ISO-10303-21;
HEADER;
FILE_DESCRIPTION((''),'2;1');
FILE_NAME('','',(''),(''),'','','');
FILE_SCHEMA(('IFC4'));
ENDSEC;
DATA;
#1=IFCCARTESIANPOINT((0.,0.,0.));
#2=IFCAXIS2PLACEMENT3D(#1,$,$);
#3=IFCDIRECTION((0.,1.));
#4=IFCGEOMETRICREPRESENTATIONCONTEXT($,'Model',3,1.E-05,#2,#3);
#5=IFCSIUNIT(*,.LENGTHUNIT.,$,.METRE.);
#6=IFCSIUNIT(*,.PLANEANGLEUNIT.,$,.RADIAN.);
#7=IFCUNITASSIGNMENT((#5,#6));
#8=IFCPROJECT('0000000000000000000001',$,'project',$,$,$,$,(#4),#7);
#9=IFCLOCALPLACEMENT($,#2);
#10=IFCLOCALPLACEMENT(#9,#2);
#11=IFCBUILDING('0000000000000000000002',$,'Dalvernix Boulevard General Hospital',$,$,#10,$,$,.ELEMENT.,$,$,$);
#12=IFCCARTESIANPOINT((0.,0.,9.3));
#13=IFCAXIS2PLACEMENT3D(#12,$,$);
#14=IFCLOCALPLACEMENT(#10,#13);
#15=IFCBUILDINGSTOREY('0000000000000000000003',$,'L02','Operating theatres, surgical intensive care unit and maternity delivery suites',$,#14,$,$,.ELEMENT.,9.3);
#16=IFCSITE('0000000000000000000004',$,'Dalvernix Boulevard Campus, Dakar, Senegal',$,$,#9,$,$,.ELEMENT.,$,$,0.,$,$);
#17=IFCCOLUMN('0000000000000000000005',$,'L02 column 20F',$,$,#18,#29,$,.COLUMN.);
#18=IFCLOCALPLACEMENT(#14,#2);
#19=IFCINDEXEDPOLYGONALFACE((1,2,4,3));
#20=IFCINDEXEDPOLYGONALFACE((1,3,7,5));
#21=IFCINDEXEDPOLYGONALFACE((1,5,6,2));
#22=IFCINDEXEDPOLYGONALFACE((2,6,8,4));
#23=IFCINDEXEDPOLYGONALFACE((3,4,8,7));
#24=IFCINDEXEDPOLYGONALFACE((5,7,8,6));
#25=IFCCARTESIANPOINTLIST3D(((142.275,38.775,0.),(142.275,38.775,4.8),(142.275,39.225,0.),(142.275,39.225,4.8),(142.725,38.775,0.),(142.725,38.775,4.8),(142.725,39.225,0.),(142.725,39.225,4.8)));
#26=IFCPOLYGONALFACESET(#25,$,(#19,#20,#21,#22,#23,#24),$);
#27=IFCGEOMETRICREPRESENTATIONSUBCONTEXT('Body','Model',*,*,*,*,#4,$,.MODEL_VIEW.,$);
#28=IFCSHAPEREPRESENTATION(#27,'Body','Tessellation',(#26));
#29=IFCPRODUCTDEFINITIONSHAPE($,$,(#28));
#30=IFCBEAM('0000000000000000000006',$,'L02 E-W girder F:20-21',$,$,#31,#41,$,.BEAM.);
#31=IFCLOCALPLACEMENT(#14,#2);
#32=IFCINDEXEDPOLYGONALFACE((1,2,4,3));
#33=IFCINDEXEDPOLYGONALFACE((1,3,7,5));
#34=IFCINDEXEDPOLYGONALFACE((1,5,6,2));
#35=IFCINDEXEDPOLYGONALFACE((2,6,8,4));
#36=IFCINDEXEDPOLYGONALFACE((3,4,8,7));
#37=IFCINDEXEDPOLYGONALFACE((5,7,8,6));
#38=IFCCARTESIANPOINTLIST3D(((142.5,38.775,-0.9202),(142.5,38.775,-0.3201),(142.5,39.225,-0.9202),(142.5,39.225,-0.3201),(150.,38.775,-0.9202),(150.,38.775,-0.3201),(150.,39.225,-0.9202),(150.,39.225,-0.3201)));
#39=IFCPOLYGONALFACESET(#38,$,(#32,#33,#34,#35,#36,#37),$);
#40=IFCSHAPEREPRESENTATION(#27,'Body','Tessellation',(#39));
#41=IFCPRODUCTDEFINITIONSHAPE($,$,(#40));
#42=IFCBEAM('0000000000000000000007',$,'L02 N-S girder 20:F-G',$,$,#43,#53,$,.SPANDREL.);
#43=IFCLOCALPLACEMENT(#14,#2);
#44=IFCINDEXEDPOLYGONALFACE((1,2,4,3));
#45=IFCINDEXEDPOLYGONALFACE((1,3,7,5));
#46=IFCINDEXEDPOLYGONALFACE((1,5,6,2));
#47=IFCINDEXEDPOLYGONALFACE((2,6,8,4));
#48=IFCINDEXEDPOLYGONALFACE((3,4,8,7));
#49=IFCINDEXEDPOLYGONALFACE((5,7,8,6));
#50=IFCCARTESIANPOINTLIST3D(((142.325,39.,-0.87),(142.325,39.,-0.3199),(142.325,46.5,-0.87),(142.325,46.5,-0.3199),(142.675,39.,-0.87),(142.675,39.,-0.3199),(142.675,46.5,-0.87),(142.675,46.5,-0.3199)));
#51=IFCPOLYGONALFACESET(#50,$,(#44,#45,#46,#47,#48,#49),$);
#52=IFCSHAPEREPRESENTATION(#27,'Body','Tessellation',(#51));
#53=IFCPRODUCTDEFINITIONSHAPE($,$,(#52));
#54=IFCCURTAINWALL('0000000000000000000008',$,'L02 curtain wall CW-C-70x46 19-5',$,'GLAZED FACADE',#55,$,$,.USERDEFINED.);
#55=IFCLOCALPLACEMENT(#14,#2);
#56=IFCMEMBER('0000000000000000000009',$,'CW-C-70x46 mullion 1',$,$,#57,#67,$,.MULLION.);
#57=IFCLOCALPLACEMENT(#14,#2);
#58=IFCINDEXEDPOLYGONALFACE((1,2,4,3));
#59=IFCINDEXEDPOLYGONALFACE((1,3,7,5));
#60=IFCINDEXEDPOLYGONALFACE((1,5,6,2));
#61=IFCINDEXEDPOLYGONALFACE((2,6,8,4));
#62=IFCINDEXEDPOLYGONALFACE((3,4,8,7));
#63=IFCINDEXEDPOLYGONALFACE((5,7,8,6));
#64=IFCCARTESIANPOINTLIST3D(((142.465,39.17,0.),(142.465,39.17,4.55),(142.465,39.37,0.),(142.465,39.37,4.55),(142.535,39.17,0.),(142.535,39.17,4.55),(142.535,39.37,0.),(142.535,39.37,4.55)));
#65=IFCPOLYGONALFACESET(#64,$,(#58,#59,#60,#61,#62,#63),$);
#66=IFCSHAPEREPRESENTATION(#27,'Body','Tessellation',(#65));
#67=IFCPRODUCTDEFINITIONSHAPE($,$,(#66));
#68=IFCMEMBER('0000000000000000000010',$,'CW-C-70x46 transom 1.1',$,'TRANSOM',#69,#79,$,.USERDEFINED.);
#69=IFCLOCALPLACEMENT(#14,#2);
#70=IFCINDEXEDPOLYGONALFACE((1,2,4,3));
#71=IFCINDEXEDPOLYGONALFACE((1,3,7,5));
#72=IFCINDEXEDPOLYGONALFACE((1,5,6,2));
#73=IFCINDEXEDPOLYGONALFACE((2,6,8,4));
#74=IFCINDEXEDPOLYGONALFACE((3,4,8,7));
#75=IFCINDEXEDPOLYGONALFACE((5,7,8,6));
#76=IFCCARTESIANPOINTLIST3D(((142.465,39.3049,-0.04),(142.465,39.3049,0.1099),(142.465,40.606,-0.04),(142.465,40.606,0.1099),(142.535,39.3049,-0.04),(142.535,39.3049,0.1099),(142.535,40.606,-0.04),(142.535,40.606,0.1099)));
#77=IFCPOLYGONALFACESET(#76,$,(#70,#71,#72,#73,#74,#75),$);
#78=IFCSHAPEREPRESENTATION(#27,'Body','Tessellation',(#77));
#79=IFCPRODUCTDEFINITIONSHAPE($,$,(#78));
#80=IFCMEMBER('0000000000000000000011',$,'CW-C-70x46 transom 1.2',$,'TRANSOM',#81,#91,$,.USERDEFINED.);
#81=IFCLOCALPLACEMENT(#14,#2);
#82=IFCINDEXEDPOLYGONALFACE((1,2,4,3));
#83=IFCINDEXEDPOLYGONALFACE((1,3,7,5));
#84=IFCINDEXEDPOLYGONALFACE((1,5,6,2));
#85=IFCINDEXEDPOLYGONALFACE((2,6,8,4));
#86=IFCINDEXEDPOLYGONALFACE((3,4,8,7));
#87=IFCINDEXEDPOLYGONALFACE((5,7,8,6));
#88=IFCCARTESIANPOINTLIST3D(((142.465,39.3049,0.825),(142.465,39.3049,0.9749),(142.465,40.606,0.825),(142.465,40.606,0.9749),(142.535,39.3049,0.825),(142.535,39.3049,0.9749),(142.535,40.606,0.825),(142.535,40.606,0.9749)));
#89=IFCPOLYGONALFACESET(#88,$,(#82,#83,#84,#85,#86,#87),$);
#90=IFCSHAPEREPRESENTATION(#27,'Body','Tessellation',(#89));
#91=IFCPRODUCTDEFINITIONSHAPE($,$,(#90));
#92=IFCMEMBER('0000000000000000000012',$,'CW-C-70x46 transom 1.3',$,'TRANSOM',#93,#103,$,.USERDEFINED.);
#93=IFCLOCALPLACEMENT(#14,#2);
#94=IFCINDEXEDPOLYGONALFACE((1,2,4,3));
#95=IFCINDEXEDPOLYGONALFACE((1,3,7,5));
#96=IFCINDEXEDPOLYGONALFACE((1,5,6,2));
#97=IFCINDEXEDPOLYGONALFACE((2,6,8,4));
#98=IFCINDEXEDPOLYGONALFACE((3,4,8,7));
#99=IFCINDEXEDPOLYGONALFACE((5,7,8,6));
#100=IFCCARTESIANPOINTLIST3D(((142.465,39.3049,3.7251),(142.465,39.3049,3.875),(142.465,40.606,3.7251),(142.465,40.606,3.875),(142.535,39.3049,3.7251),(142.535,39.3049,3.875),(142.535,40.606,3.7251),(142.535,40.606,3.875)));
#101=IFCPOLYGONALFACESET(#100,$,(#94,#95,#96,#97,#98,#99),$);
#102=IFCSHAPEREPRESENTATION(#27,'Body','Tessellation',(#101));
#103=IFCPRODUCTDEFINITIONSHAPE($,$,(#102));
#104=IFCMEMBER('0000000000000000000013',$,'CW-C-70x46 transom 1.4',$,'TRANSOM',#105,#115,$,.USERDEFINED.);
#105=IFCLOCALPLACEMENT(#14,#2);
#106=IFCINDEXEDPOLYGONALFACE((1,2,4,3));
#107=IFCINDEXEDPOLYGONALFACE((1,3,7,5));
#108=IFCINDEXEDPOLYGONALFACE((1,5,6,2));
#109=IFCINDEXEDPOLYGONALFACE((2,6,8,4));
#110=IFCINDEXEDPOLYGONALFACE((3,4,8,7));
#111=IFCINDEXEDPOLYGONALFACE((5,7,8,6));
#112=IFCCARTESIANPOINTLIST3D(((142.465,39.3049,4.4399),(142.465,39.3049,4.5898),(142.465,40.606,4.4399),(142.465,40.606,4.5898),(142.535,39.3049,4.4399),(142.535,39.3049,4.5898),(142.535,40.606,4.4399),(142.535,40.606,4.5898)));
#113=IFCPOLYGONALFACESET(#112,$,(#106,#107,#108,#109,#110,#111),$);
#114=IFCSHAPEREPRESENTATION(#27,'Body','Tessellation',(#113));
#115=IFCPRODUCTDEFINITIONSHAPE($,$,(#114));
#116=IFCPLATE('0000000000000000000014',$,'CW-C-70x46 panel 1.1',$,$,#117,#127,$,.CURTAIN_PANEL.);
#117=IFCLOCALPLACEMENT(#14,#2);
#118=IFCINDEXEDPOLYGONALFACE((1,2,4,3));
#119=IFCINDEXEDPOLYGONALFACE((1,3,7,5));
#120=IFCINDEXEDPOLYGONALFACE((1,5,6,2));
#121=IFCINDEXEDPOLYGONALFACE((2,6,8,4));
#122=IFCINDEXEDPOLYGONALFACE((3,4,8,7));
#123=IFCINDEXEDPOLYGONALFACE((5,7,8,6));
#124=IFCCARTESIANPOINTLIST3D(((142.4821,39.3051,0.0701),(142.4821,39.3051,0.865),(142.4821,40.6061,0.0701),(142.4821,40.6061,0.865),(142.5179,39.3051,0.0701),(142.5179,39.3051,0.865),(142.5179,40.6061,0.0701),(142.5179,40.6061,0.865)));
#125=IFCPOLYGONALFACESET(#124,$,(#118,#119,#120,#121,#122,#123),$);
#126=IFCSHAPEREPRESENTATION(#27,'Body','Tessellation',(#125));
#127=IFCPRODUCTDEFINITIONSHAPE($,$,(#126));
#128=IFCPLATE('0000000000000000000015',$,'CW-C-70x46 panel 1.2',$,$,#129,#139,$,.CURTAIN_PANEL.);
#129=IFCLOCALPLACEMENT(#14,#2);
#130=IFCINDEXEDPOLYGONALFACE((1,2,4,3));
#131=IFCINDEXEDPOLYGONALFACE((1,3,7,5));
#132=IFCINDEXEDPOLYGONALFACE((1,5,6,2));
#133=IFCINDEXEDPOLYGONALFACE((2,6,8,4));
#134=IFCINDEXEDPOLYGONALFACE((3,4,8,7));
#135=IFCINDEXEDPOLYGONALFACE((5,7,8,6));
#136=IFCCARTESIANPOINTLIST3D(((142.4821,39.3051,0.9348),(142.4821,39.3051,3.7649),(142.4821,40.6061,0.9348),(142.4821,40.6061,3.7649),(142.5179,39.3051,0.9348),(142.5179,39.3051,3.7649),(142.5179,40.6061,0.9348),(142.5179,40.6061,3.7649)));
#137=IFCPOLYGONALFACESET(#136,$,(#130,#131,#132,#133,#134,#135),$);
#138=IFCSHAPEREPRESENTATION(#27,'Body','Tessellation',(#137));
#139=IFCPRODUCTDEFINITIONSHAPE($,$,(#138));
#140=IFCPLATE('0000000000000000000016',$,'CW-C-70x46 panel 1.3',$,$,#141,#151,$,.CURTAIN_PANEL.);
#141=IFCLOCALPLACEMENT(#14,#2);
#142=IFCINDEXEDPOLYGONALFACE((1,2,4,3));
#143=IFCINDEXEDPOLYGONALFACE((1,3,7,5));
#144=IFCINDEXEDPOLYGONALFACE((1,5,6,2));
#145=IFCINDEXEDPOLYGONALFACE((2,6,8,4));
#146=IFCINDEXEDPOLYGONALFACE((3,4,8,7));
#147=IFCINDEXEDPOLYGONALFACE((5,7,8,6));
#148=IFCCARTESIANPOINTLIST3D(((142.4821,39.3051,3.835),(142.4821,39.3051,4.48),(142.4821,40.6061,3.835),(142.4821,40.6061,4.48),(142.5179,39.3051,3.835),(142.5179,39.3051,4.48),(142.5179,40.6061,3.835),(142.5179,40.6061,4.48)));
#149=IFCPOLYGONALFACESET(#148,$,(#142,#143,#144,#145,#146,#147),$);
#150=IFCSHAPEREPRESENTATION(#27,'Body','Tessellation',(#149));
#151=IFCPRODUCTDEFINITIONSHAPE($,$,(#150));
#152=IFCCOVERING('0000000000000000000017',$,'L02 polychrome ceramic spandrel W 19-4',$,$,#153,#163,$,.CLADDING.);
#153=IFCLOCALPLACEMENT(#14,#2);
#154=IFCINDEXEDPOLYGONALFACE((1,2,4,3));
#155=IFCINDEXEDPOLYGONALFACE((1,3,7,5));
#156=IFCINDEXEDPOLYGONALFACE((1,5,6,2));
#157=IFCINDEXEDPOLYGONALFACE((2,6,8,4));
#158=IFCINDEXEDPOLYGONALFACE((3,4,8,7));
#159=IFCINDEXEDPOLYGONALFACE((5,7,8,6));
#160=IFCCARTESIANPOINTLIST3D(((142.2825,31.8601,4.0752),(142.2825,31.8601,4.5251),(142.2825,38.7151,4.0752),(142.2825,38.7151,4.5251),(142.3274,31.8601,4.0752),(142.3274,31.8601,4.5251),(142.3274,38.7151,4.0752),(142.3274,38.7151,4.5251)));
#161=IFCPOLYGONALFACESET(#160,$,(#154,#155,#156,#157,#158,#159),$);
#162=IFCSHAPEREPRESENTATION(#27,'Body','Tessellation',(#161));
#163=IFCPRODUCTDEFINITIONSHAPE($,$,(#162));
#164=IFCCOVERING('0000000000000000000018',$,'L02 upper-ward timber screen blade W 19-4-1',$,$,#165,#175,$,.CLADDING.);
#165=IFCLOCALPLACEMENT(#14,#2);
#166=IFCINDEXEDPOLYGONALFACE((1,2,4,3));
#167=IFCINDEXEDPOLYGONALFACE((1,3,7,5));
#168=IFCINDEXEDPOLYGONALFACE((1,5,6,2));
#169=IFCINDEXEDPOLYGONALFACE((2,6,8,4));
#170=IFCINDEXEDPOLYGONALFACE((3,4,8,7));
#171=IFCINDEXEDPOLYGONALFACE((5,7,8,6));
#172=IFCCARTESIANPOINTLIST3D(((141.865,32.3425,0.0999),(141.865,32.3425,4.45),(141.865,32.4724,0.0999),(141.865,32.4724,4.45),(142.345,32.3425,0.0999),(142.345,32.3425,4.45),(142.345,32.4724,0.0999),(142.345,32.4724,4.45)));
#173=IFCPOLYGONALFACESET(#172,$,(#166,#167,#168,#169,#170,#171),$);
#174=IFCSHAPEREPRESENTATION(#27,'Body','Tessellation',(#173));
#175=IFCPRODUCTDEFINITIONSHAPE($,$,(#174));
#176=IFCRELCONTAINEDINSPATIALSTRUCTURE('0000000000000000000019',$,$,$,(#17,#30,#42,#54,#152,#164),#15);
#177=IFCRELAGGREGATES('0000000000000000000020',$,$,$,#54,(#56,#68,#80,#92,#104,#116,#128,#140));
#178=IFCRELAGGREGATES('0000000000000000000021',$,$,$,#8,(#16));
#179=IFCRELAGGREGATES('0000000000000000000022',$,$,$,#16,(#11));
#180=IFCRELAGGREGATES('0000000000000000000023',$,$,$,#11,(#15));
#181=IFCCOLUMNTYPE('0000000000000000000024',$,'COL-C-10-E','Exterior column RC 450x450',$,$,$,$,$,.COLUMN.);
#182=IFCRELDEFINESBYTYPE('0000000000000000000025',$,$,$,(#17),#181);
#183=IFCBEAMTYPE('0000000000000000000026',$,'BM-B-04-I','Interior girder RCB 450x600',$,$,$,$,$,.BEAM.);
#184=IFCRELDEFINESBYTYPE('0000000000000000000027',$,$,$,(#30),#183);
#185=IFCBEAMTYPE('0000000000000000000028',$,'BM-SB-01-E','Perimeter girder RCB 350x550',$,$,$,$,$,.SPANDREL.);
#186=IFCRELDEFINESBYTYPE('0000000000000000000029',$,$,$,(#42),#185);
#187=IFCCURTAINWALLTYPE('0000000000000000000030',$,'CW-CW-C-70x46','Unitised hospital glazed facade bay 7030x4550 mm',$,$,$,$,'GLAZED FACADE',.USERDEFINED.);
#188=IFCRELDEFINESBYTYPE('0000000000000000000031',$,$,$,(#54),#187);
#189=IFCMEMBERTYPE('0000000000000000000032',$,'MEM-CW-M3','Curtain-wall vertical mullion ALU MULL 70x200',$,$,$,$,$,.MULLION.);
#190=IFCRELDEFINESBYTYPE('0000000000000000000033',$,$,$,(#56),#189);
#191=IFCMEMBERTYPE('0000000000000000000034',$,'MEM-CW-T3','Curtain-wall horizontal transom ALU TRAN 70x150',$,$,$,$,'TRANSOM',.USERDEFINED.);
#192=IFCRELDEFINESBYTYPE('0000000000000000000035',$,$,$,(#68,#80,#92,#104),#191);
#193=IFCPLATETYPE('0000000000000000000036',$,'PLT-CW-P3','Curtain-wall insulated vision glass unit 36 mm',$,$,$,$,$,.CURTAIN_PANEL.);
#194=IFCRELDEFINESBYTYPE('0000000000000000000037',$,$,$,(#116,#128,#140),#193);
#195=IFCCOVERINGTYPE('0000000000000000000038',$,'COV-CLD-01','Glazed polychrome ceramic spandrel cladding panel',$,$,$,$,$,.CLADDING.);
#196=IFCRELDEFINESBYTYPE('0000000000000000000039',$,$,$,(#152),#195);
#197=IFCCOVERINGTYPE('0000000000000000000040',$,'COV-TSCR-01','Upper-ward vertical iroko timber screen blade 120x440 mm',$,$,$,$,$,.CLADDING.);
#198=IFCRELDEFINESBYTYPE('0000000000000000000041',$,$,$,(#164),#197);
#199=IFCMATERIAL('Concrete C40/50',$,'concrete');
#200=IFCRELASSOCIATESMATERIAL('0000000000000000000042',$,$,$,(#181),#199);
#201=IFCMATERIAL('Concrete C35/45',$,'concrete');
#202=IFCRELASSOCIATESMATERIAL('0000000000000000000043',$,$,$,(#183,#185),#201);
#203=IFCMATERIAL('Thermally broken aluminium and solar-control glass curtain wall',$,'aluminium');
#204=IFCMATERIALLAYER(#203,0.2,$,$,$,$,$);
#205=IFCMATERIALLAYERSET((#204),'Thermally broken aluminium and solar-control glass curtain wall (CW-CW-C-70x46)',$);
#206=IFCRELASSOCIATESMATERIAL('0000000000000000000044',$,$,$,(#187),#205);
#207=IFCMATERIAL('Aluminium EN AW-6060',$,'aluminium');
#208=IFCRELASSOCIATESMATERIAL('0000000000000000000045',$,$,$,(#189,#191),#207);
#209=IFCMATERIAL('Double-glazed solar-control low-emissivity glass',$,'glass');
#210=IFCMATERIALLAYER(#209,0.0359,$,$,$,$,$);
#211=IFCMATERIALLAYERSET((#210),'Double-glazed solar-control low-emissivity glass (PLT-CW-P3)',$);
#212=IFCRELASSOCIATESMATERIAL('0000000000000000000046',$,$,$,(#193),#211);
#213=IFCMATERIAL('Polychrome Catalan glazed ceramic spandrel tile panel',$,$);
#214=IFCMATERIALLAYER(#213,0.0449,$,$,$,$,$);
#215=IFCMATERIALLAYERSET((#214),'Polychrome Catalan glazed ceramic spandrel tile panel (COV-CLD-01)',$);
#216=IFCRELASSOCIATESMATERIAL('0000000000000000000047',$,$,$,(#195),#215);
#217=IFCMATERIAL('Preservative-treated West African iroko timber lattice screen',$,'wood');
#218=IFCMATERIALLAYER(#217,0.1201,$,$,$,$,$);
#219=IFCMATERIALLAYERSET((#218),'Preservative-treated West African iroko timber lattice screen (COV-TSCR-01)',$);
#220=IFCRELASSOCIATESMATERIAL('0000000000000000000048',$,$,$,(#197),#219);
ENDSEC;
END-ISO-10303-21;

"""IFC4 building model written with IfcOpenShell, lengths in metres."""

from ifc_helpers import new_model, si_unit, direction, frame, origin, origin_2d, place, context, subcontext, project, spatial, rectangle, extrude, material, layer, layer_set, material_profile, profile_set, type_object, element, aggregate, save


model = new_model("IFC4")

# Units and contexts
model_context = context("Model", 3, precision=1e-05, world=origin(), true_north=direction((0.0, 1.0)))
body_context = subcontext(model_context, "Body", "Model", "MODEL_VIEW")
ifc_project = project(units=[si_unit("LENGTHUNIT", "METRE"), si_unit("PLANEANGLEUNIT", "RADIAN")], contexts=[model_context])

# Site, building, storey
site_placement = place(None, origin())
site = spatial("IfcSite", under=ifc_project, at=site_placement, Name="Dalvernix Boulevard Campus, Dakar, Senegal", CompositionType="ELEMENT", RefElevation=0.0)
building_placement = place(site_placement, origin())
building = spatial("IfcBuilding", under=site, at=building_placement, Name="Dalvernix Boulevard General Hospital", CompositionType="ELEMENT")
storey_placement = place(building_placement, frame((0.0, 0.0, 9.3)))
storey = spatial("IfcBuildingStorey", under=building, at=storey_placement, Name="L02", Description="Operating theatres, surgical intensive care unit and maternity delivery suites", CompositionType="ELEMENT", Elevation=9.3)

# Column
ifc_material_1 = material(Name="Concrete C40/50", Category="concrete")
ifc_material_profile_1 = material_profile(ifc_material_1, rectangle(XDim=0.45, YDim=0.45, at=origin_2d()), Name="RC 450x450")
ifc_profile_set_1 = profile_set([ifc_material_profile_1], Name="Concrete C40/50")
column_type = type_object("IfcColumnType", Name="COL-C-10-E", Description="Exterior column RC 450x450", PredefinedType="COLUMN", material=ifc_profile_set_1)
column_placement = place(storey_placement, frame((142.5, 39.0, 0.0), z_axis=(0.0, 0.0, 1.0), x_axis=(1.0, 0.0, 0.0)))
element("IfcColumn", 1, at=column_placement, inside=storey, type_object=column_type, Name="L02 column 20F", PredefinedType="COLUMN", context=body_context, shape_type="SweptSolid", body=[
    extrude(rectangle(XDim=0.45, YDim=0.45, at=origin_2d()), origin(), (0.0, 0.0, 1.0), 4.8),
])

# Beams
ifc_material_2 = material(Name="Concrete C35/45", Category="concrete")
ifc_material_profile_2 = material_profile(ifc_material_2, rectangle(XDim=0.45, YDim=0.6001, at=origin_2d()), Name="RCB 450x600")
ifc_profile_set_2 = profile_set([ifc_material_profile_2], Name="Concrete C35/45")
beam_type_1 = type_object("IfcBeamType", Name="BM-B-04-I", Description="Interior girder RCB 450x600", PredefinedType="BEAM", material=ifc_profile_set_2)
beam_1_placement = place(storey_placement, frame((142.5, 39.0, -0.6201), z_axis=(1.0, 0.0, 0.0), x_axis=(0.0, 1.0, 0.0)))
element("IfcBeam", 2, at=beam_1_placement, inside=storey, type_object=beam_type_1, Name="L02 E-W girder F:20-21", PredefinedType="BEAM", context=body_context, shape_type="SweptSolid", body=[
    extrude(rectangle(XDim=0.45, YDim=0.6001, at=origin_2d()), origin(), (0.0, 0.0, 1.0), 7.5),
])
ifc_material_profile_3 = material_profile(ifc_material_2, rectangle(XDim=0.3501, YDim=0.55, at=origin_2d()), Name="RCB 350x550")
ifc_profile_set_3 = profile_set([ifc_material_profile_3], Name="Concrete C35/45")
beam_type_2 = type_object("IfcBeamType", Name="BM-SB-01-E", Description="Perimeter girder RCB 350x550", PredefinedType="SPANDREL", material=ifc_profile_set_3)
beam_2_placement = place(storey_placement, frame((142.5, 39.0, -0.595), z_axis=(0.0, 1.0, 0.0), x_axis=(-1.0, 0.0, 0.0)))
element("IfcBeam", 3, at=beam_2_placement, inside=storey, type_object=beam_type_2, Name="L02 N-S girder 20:F-G", PredefinedType="SPANDREL", context=body_context, shape_type="SweptSolid", body=[
    extrude(rectangle(XDim=0.3501, YDim=0.55, at=origin_2d()), origin(), (0.0, 0.0, 1.0), 7.5),
])

# Curtain wall, members, plates
ifc_material_3 = material(Name="Thermally broken aluminium and solar-control glass curtain wall", Category="aluminium")
ifc_layer_1 = layer(ifc_material_3, 0.2)
ifc_layer_set_1 = layer_set([ifc_layer_1], Name="Thermally broken aluminium and solar-control glass curtain wall (CW-CW-C-70x46)")
curtain_wall_type = type_object("IfcCurtainWallType", Name="CW-CW-C-70x46", Description="Unitised hospital glazed facade bay 7030x4550 mm", ElementType="GLAZED FACADE", PredefinedType="USERDEFINED", material=ifc_layer_set_1)
curtain_wall_placement = place(storey_placement, origin())
curtain_wall = element("IfcCurtainWall", 4, at=curtain_wall_placement, inside=storey, type_object=curtain_wall_type, Name="L02 curtain wall CW-C-70x46 19-5", ObjectType="GLAZED FACADE", PredefinedType="USERDEFINED")
ifc_material_4 = material(Name="Aluminium EN AW-6060", Category="aluminium")
ifc_material_profile_4 = material_profile(ifc_material_4, rectangle(XDim=0.0701, YDim=0.2, at=origin_2d()), Name="ALU MULL 70x200")
ifc_profile_set_4 = profile_set([ifc_material_profile_4], Name="Aluminium EN AW-6060")
member_type_1 = type_object("IfcMemberType", Name="MEM-CW-M3", Description="Curtain-wall vertical mullion ALU MULL 70x200", PredefinedType="MULLION", material=ifc_profile_set_4)
member_1_placement = place(storey_placement, frame((142.5, 39.27, 0.0), z_axis=(0.0, 0.0, 1.0), x_axis=(-1.0, 0.0, 0.0)))
member_1 = element("IfcMember", 5, at=member_1_placement, type_object=member_type_1, Name="CW-C-70x46 mullion 1", PredefinedType="MULLION", context=body_context, shape_type="SweptSolid", body=[
    extrude(rectangle(XDim=0.0701, YDim=0.2, at=origin_2d()), origin(), (0.0, 0.0, 1.0), 4.55),
])
ifc_material_profile_5 = material_profile(ifc_material_4, rectangle(XDim=0.0701, YDim=0.1499, at=origin_2d()), Name="ALU TRAN 70x150")
ifc_profile_set_5 = profile_set([ifc_material_profile_5], Name="Aluminium EN AW-6060")
member_type_2 = type_object("IfcMemberType", Name="MEM-CW-T3", Description="Curtain-wall horizontal transom ALU TRAN 70x150", ElementType="TRANSOM", PredefinedType="USERDEFINED", material=ifc_profile_set_5)
member_2_placement = place(storey_placement, frame((142.5, 39.3049, 0.0349), z_axis=(0.0, 1.0, 0.0), x_axis=(-1.0, 0.0, 0.0)))
member_2 = element("IfcMember", 6, at=member_2_placement, type_object=member_type_2, Name="CW-C-70x46 transom 1.1", ObjectType="TRANSOM", PredefinedType="USERDEFINED", context=body_context, shape_type="SweptSolid", body=[
    extrude(rectangle(XDim=0.0701, YDim=0.1499, at=origin_2d()), origin(), (0.0, 0.0, 1.0), 1.301),
])
member_3_placement = place(storey_placement, frame((142.5, 39.3049, 0.8999), z_axis=(0.0, 1.0, 0.0), x_axis=(-1.0, 0.0, 0.0)))
member_3 = element("IfcMember", 7, at=member_3_placement, type_object=member_type_2, Name="CW-C-70x46 transom 1.2", ObjectType="TRANSOM", PredefinedType="USERDEFINED", context=body_context, shape_type="SweptSolid", body=[
    extrude(rectangle(XDim=0.0701, YDim=0.1499, at=origin_2d()), origin(), (0.0, 0.0, 1.0), 1.301),
])
member_4_placement = place(storey_placement, frame((142.5, 39.3049, 3.8), z_axis=(0.0, 1.0, 0.0), x_axis=(-1.0, 0.0, 0.0)))
member_4 = element("IfcMember", 8, at=member_4_placement, type_object=member_type_2, Name="CW-C-70x46 transom 1.3", ObjectType="TRANSOM", PredefinedType="USERDEFINED", context=body_context, shape_type="SweptSolid", body=[
    extrude(rectangle(XDim=0.0701, YDim=0.1499, at=origin_2d()), origin(), (0.0, 0.0, 1.0), 1.301),
])
member_5_placement = place(storey_placement, frame((142.5, 39.3049, 4.5149), z_axis=(0.0, 1.0, 0.0), x_axis=(-1.0, 0.0, 0.0)))
member_5 = element("IfcMember", 9, at=member_5_placement, type_object=member_type_2, Name="CW-C-70x46 transom 1.4", ObjectType="TRANSOM", PredefinedType="USERDEFINED", context=body_context, shape_type="SweptSolid", body=[
    extrude(rectangle(XDim=0.0701, YDim=0.1499, at=origin_2d()), origin(), (0.0, 0.0, 1.0), 1.301),
])
ifc_material_5 = material(Name="Double-glazed solar-control low-emissivity glass", Category="glass")
ifc_layer_2 = layer(ifc_material_5, 0.0359)
ifc_layer_set_2 = layer_set([ifc_layer_2], Name="Double-glazed solar-control low-emissivity glass (PLT-CW-P3)")
plate_type = type_object("IfcPlateType", Name="PLT-CW-P3", Description="Curtain-wall insulated vision glass unit 36 mm", PredefinedType="CURTAIN_PANEL", material=ifc_layer_set_2)
plate_1_placement = place(storey_placement, frame((142.5, 39.9556, 0.0701), z_axis=(0.0, 0.0, 1.0), x_axis=(0.0, 1.0, 0.0)))
plate_1 = element("IfcPlate", 10, at=plate_1_placement, type_object=plate_type, Name="CW-C-70x46 panel 1.1", PredefinedType="CURTAIN_PANEL", context=body_context, shape_type="SweptSolid", body=[
    extrude(rectangle(XDim=1.301, YDim=0.0359, at=origin_2d()), origin(), (0.0, 0.0, 1.0), 0.7949),
])
plate_2_placement = place(storey_placement, frame((142.5, 39.9556, 0.9348), z_axis=(0.0, 0.0, 1.0), x_axis=(0.0, 1.0, 0.0)))
plate_2 = element("IfcPlate", 11, at=plate_2_placement, type_object=plate_type, Name="CW-C-70x46 panel 1.2", PredefinedType="CURTAIN_PANEL", context=body_context, shape_type="SweptSolid", body=[
    extrude(rectangle(XDim=1.301, YDim=0.0359, at=origin_2d()), origin(), (0.0, 0.0, 1.0), 2.8301),
])
plate_3_placement = place(storey_placement, frame((142.5, 39.9556, 3.835), z_axis=(0.0, 0.0, 1.0), x_axis=(0.0, 1.0, 0.0)))
plate_3 = element("IfcPlate", 12, at=plate_3_placement, type_object=plate_type, Name="CW-C-70x46 panel 1.3", PredefinedType="CURTAIN_PANEL", context=body_context, shape_type="SweptSolid", body=[
    extrude(rectangle(XDim=1.301, YDim=0.0359, at=origin_2d()), origin(), (0.0, 0.0, 1.0), 0.645),
])
aggregate(curtain_wall, [member_1, member_2, member_3, member_4, member_5, plate_1, plate_2, plate_3])

# Coverings
ifc_material_6 = material(Name="Polychrome Catalan glazed ceramic spandrel tile panel")
ifc_layer_3 = layer(ifc_material_6, 0.0449)
ifc_layer_set_3 = layer_set([ifc_layer_3], Name="Polychrome Catalan glazed ceramic spandrel tile panel (COV-CLD-01)")
covering_type_1 = type_object("IfcCoveringType", Name="COV-CLD-01", Description="Glazed polychrome ceramic spandrel cladding panel", PredefinedType="CLADDING", material=ifc_layer_set_3)
covering_placement = place(storey_placement, frame((142.3049, 35.2876, 4.0752), z_axis=(0.0, 0.0, 1.0), x_axis=(0.0, 1.0, 0.0)))
element("IfcCovering", 13, at=covering_placement, inside=storey, type_object=covering_type_1, Name="L02 polychrome ceramic spandrel W 19-4", PredefinedType="CLADDING", context=body_context, shape_type="SweptSolid", body=[
    extrude(rectangle(XDim=6.855, YDim=0.0449, at=origin_2d()), origin(), (0.0, 0.0, 1.0), 0.45),
])
ifc_material_7 = material(Name="Preservative-treated West African iroko timber lattice screen", Category="wood")
ifc_layer_4 = layer(ifc_material_7, 0.1201)
ifc_layer_set_4 = layer_set([ifc_layer_4], Name="Preservative-treated West African iroko timber lattice screen (COV-TSCR-01)")
covering_type_2 = type_object("IfcCoveringType", Name="COV-TSCR-01", Description="Upper-ward vertical iroko timber screen blade 120x440 mm", PredefinedType="CLADDING", material=ifc_layer_set_4)
for number, where, z_axis, x_axis, name in (
    (14, (142.105, 32.4075, 0.0999), (0.0, 0.0, 1.0), (0.0, 1.0, 0.0), "L02 upper-ward timber screen blade W 19-4-1"),
):
    element("IfcCovering", number, at=place(storey_placement, frame(where, z_axis=z_axis, x_axis=x_axis)), inside=storey, type_object=covering_type_2, Name=name, PredefinedType="CLADDING", context=body_context, shape_type="SweptSolid", body=[
        extrude(rectangle(XDim=0.1299, YDim=0.48, at=origin_2d()), origin(), (0.0, 0.0, 1.0), 4.3501),
    ])

save(model, "model.ifc")
